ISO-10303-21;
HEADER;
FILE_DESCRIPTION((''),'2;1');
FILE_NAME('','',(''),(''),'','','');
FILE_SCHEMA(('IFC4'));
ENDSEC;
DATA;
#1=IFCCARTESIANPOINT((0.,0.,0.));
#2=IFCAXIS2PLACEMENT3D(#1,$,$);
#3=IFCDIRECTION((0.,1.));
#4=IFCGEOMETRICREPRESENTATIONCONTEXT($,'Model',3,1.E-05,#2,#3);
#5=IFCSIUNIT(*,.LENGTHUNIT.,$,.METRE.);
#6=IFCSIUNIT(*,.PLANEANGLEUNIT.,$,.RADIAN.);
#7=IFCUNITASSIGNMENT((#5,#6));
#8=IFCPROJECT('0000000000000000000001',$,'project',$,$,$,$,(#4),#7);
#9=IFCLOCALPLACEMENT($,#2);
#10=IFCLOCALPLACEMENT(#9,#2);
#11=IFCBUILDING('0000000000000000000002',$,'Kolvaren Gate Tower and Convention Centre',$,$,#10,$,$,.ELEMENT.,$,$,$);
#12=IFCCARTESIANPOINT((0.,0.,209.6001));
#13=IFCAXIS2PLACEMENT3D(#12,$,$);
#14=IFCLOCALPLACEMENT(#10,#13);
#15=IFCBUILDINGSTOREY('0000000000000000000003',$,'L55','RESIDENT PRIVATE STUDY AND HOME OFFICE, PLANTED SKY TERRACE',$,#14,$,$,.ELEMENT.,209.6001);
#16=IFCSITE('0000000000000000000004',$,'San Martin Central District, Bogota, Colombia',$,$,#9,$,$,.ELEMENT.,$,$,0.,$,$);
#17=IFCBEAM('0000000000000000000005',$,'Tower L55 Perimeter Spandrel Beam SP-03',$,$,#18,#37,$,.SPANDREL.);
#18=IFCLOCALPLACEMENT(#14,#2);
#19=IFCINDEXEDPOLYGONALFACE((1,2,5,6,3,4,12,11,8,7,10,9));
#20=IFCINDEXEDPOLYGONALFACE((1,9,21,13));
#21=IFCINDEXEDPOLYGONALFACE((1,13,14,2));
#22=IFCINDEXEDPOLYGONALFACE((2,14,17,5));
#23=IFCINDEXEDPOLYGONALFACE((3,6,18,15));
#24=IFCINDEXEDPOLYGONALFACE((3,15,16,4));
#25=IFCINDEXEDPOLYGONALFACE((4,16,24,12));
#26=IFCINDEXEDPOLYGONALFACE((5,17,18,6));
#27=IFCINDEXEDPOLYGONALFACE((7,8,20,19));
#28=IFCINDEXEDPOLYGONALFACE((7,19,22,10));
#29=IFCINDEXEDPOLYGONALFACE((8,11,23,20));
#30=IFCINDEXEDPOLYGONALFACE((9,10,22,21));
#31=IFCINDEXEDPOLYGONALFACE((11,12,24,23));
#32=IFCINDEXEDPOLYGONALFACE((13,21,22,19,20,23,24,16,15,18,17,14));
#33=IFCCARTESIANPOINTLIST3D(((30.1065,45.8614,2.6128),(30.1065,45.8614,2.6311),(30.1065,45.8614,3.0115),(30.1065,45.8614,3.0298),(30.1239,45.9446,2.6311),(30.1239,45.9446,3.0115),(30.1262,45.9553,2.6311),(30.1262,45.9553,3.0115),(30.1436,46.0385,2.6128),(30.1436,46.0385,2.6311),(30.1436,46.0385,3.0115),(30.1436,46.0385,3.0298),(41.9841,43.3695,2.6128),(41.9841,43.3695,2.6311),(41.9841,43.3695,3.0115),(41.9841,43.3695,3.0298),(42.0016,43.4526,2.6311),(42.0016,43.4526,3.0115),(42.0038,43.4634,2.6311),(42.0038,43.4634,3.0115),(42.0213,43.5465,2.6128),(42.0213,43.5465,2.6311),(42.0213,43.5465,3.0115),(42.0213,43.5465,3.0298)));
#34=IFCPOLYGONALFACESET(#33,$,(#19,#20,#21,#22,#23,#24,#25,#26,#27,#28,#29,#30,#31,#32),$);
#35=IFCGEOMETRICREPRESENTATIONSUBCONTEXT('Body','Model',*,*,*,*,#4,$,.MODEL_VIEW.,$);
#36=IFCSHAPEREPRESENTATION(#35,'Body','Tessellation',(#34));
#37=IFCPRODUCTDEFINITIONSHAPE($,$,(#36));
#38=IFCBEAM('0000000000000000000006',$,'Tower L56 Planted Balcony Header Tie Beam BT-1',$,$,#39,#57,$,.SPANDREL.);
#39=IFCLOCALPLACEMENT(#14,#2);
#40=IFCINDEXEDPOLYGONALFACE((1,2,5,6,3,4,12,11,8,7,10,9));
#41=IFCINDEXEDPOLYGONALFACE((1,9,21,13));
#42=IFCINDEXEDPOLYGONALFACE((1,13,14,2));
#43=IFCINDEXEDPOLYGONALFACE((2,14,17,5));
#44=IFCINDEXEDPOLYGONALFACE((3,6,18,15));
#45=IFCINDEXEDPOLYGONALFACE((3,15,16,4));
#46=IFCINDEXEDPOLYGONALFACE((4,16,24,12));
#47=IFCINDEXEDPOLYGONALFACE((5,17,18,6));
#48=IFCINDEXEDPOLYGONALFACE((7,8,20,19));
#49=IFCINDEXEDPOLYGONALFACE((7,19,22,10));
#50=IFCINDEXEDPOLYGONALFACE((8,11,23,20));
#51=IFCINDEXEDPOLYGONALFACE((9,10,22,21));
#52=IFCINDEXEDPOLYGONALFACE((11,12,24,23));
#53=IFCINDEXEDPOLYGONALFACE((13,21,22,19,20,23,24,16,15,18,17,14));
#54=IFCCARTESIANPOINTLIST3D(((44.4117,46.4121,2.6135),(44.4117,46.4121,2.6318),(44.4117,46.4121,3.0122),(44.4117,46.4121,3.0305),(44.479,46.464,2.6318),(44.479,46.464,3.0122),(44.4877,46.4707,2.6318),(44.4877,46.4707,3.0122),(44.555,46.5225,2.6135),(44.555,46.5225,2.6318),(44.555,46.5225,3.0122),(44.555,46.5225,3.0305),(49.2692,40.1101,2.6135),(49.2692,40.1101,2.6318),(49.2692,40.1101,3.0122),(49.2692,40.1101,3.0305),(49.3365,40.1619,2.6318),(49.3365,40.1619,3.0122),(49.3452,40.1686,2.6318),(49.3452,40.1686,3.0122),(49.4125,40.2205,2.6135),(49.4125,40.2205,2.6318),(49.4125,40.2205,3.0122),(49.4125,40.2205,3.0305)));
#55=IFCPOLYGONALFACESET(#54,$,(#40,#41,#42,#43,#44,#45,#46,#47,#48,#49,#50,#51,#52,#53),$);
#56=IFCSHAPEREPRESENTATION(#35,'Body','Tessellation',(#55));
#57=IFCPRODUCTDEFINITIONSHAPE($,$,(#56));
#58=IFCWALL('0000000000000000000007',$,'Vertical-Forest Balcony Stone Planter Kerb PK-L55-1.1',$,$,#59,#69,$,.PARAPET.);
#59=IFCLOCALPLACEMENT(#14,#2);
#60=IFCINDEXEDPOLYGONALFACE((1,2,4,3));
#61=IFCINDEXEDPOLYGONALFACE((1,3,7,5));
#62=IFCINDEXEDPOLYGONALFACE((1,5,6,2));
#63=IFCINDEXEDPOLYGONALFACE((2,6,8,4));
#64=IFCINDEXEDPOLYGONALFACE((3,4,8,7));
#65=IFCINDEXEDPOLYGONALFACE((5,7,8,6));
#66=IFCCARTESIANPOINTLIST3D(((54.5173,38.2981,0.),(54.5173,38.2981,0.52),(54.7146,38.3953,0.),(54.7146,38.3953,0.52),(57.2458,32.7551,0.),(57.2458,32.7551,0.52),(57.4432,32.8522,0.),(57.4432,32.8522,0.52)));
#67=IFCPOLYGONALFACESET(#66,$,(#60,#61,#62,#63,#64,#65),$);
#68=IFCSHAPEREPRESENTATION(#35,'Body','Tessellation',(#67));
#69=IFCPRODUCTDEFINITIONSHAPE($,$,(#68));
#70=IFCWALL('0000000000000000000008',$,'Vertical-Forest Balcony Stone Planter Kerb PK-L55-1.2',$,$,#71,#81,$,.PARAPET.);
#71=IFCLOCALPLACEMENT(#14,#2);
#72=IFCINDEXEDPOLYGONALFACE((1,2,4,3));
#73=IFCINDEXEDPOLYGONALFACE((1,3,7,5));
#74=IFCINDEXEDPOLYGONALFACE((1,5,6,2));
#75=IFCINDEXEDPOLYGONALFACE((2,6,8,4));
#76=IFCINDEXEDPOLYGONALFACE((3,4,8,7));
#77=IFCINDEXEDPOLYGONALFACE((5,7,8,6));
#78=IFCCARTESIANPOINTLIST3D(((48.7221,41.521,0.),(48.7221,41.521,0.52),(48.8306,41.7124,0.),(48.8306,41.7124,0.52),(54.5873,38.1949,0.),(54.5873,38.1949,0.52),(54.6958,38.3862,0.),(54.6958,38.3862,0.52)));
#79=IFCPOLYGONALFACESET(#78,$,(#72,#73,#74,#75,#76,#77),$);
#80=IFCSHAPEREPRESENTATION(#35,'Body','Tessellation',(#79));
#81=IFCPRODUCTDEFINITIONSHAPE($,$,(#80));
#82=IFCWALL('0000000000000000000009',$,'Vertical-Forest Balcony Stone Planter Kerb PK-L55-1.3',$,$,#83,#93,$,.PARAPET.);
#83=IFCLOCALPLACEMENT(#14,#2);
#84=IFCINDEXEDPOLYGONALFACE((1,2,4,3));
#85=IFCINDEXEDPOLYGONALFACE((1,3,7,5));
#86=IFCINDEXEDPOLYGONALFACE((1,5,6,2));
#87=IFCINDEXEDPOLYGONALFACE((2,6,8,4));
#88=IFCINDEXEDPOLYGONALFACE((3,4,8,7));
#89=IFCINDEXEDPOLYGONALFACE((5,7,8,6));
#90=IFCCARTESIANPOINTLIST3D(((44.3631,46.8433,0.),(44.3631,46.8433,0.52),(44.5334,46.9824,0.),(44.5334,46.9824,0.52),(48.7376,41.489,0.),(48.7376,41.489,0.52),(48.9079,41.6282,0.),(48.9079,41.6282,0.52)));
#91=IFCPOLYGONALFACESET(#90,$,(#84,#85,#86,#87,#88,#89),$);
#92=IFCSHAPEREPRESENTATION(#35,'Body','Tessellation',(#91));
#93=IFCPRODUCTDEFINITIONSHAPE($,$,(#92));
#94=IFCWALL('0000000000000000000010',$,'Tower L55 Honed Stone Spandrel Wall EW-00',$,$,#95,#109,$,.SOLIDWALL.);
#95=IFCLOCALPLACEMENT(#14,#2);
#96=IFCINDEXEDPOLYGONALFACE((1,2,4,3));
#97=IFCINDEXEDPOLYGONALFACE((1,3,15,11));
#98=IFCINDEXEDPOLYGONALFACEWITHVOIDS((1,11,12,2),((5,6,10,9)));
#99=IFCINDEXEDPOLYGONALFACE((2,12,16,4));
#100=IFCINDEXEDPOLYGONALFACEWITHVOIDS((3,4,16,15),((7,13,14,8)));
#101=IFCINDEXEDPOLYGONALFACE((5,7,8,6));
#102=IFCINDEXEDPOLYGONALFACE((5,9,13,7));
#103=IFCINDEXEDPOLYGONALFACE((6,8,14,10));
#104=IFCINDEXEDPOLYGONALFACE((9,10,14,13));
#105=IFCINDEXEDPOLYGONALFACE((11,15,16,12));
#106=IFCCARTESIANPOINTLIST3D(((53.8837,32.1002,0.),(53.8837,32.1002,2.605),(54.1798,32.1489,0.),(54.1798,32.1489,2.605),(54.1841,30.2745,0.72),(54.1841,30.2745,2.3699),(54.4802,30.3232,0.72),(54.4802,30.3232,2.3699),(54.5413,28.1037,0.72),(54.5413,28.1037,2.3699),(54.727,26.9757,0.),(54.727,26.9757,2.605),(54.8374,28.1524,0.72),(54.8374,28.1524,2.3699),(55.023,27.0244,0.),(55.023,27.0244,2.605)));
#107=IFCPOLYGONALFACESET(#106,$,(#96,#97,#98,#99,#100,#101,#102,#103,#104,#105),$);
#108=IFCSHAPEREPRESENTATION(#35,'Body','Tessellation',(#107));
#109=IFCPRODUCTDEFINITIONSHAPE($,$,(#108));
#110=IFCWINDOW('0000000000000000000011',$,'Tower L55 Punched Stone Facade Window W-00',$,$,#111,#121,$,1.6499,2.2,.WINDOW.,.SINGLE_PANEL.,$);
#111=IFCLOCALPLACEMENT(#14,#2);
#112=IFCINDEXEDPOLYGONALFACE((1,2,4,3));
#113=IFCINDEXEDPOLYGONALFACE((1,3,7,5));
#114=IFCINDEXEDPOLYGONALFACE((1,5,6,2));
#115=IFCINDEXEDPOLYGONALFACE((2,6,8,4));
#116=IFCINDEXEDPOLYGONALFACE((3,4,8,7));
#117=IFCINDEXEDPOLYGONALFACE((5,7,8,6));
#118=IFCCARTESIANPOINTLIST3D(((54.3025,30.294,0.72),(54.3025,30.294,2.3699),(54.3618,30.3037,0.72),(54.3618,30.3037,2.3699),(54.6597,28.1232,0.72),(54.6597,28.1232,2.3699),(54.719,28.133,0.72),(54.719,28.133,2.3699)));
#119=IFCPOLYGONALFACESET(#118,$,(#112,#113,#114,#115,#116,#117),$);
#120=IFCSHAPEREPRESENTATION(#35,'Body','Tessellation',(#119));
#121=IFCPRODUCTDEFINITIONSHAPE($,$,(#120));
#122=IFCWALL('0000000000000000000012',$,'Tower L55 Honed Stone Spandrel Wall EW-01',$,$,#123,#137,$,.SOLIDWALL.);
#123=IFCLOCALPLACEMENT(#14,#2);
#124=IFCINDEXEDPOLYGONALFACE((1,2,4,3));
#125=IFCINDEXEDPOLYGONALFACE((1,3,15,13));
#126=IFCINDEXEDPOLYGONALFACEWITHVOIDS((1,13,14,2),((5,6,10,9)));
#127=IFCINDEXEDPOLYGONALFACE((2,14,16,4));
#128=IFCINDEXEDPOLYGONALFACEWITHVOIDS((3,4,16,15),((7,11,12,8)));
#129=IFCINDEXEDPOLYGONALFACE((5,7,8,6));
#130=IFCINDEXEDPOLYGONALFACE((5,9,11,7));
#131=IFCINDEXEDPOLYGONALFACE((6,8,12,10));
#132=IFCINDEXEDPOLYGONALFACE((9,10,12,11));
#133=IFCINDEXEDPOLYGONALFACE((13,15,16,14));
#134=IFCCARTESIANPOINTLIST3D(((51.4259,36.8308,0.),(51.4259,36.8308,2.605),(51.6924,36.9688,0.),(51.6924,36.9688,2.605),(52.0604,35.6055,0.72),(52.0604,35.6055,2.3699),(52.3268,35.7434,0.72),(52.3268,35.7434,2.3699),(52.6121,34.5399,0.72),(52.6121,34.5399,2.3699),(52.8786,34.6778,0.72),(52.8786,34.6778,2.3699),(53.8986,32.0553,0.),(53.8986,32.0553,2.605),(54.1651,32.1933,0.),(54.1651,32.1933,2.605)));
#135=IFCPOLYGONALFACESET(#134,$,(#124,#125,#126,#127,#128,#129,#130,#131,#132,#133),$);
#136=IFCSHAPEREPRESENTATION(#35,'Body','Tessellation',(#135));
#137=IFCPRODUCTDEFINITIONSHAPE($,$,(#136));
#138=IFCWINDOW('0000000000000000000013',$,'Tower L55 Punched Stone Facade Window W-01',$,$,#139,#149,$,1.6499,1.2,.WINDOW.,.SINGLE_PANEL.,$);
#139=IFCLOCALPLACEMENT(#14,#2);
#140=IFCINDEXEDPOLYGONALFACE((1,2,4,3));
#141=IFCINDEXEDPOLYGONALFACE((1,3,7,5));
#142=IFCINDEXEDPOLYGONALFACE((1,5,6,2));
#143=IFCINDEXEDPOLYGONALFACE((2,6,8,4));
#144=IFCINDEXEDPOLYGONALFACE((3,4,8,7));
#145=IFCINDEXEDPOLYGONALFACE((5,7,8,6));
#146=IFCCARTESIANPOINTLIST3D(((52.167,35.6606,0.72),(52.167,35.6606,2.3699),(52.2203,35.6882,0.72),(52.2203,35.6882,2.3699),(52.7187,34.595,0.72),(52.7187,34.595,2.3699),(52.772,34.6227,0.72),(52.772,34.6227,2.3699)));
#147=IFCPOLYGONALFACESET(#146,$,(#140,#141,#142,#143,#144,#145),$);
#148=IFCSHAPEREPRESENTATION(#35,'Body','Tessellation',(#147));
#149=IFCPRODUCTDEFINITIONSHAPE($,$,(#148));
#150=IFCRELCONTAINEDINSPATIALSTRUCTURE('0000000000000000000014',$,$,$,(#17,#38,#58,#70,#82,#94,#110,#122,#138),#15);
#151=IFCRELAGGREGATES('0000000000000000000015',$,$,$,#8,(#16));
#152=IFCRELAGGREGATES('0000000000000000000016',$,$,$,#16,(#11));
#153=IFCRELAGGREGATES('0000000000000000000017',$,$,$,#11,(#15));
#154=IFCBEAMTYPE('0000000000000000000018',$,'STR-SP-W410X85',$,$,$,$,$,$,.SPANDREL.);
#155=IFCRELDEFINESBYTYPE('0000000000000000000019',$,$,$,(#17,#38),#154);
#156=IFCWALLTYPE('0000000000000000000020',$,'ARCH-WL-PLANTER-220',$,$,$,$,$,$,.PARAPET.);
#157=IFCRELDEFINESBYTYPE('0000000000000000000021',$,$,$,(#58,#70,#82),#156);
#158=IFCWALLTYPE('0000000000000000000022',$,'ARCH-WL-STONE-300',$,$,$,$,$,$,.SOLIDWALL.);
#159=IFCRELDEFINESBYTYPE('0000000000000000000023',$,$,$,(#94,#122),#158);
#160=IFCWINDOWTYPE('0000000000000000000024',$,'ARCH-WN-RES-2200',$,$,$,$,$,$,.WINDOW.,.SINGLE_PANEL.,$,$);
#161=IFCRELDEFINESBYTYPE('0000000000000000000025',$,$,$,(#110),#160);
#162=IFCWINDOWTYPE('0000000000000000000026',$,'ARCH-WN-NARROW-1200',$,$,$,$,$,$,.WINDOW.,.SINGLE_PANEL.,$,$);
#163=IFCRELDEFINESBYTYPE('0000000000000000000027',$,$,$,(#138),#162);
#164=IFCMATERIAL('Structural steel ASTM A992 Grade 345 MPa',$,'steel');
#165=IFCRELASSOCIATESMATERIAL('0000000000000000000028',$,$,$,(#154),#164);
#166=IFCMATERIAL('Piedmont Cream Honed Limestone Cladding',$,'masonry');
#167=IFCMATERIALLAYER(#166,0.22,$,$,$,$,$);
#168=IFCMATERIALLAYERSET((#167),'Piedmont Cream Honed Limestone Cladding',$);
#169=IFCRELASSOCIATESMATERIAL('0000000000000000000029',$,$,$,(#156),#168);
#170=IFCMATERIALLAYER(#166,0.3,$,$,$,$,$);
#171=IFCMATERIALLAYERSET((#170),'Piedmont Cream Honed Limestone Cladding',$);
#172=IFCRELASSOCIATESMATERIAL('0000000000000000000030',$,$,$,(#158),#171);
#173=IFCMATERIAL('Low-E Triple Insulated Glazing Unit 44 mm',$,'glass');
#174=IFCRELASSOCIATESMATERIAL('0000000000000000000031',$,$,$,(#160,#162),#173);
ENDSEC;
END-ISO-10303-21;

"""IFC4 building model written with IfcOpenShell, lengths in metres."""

from ifc_helpers import new_model, si_unit, direction, frame, frame_2d, origin, origin_2d, place, context, subcontext, project, spatial, rectangle, i_section, extrude, material, layer, layer_set, material_profile, profile_set, type_object, element, fill, save


model = new_model("IFC4")

# Units and contexts
model_context = context("Model", 3, precision=1e-05, world=origin(), true_north=direction((0.0, 1.0)))
body_context = subcontext(model_context, "Body", "Model", "MODEL_VIEW")
ifc_project = project(units=[si_unit("LENGTHUNIT", "METRE"), si_unit("PLANEANGLEUNIT", "RADIAN")], contexts=[model_context])

# Site, building, storey
site_placement = place(None, origin())
site = spatial("IfcSite", under=ifc_project, at=site_placement, Name="San Martin Central District, Bogota, Colombia", CompositionType="ELEMENT", RefElevation=0.0)
building_placement = place(site_placement, origin())
building = spatial("IfcBuilding", under=site, at=building_placement, Name="Kolvaren Gate Tower and Convention Centre", CompositionType="ELEMENT")
storey_placement = place(building_placement, frame((0.0, 0.0, 209.6001)))
storey = spatial("IfcBuildingStorey", under=building, at=storey_placement, Name="L55", Description="RESIDENT PRIVATE STUDY AND HOME OFFICE, PLANTED SKY TERRACE", CompositionType="ELEMENT", Elevation=209.6001)

# Beams
ifc_material_1 = material(Name="Structural steel ASTM A992 Grade 345 MPa", Category="steel")
ifc_material_profile_1 = material_profile(ifc_material_1, i_section(OverallWidth=0.1809, OverallDepth=0.417, WebThickness=0.011, FlangeThickness=0.0183, at=origin_2d()), Name="W410X85")
ifc_profile_set_1 = profile_set([ifc_material_profile_1], Name="Structural steel ASTM A992 Grade 345 MPa")
beam_type_1 = type_object("IfcBeamType", Name="STR-SP-W410X85", PredefinedType="SPANDREL", material=ifc_profile_set_1)
beam_1_placement = place(storey_placement, frame((42.0027, 43.458, 2.8213), z_axis=(-0.978693, 0.20533, 0.0), x_axis=(-0.20533, -0.978693, 0.0)))
element("IfcBeam", 1, at=beam_1_placement, inside=storey, type_object=beam_type_1, Name="Tower L55 Perimeter Spandrel Beam SP-03", PredefinedType="SPANDREL", context=body_context, shape_type="SweptSolid", body=[
    extrude(i_section(OverallWidth=0.1809, OverallDepth=0.417, WebThickness=0.011, FlangeThickness=0.0183, at=origin_2d()), origin(), (0.0, 0.0, 1.0), 12.1362),
])
beam_2_placement = place(storey_placement, frame((49.3408, 40.1653, 2.822), z_axis=(-0.610479, 0.792033, 0.0), x_axis=(-0.792033, -0.610479, 0.0)))
element("IfcBeam", 2, at=beam_2_placement, inside=storey, type_object=beam_type_1, Name="Tower L56 Planted Balcony Header Tie Beam BT-1", PredefinedType="SPANDREL", context=body_context, shape_type="SweptSolid", body=[
    extrude(i_section(OverallWidth=0.1809, OverallDepth=0.417, WebThickness=0.011, FlangeThickness=0.0183, at=origin_2d()), origin(), (0.0, 0.0, 1.0), 7.9568),
])

# Walls
ifc_material_2 = material(Name="Piedmont Cream Honed Limestone Cladding", Category="masonry")
ifc_layer_1 = layer(ifc_material_2, 0.22)
ifc_layer_set_1 = layer_set([ifc_layer_1], Name="Piedmont Cream Honed Limestone Cladding")
wall_type_1 = type_object("IfcWallType", Name="ARCH-WL-PLANTER-220", PredefinedType="PARAPET", material=ifc_layer_set_1)
wall_1_placement = place(storey_placement, frame((54.616, 38.3467, 0.0), z_axis=(0.0, 0.0, 1.0), x_axis=(0.441641, -0.897192, 0.0)))
element("IfcWall", 3, at=wall_1_placement, inside=storey, type_object=wall_type_1, Name="Vertical-Forest Balcony Stone Planter Kerb PK-L55-1.1", PredefinedType="PARAPET", context=body_context, shape_type="SweptSolid", body=[
    extrude(rectangle(XDim=6.1782, YDim=0.22, at=frame_2d((3.0891, 0.0))), origin(), (0.0, 0.0, 1.0), 0.52),
])
wall_2_placement = place(storey_placement, frame((48.7764, 41.6167, 0.0), z_axis=(0.0, 0.0, 1.0), x_axis=(0.869861, -0.493298, 0.0)))
element("IfcWall", 4, at=wall_2_placement, inside=storey, type_object=wall_type_1, Name="Vertical-Forest Balcony Stone Planter Kerb PK-L55-1.2", PredefinedType="PARAPET", context=body_context, shape_type="SweptSolid", body=[
    extrude(rectangle(XDim=6.7427, YDim=0.22, at=frame_2d((3.3713, 0.0))), origin(), (0.0, 0.0, 1.0), 0.52),
])
wall_3_placement = place(storey_placement, frame((44.4482, 46.9128, 0.0), z_axis=(0.0, 0.0, 1.0), x_axis=(0.632697, -0.774399, 0.0)))
element("IfcWall", 5, at=wall_3_placement, inside=storey, type_object=wall_type_1, Name="Vertical-Forest Balcony Stone Planter Kerb PK-L55-1.3", PredefinedType="PARAPET", context=body_context, shape_type="SweptSolid", body=[
    extrude(rectangle(XDim=6.9141, YDim=0.22, at=frame_2d((3.457, 0.0))), origin(), (0.0, 0.0, 1.0), 0.52),
])

# Walls, openings, windows
ifc_layer_2 = layer(ifc_material_2, 0.3)
ifc_layer_set_2 = layer_set([ifc_layer_2], Name="Piedmont Cream Honed Limestone Cladding")
wall_type_2 = type_object("IfcWallType", Name="ARCH-WL-STONE-300", PredefinedType="SOLIDWALL", material=ifc_layer_set_2)
wall_4_placement = place(storey_placement, frame((54.0317, 32.1245, 0.0), z_axis=(0.0, 0.0, 1.0), x_axis=(0.162371, -0.98673, 0.0)))
wall_4 = element("IfcWall", 6, at=wall_4_placement, inside=storey, type_object=wall_type_2, Name="Tower L55 Honed Stone Spandrel Wall EW-00", PredefinedType="SOLIDWALL", context=body_context, shape_type="SweptSolid", body=[
    extrude(rectangle(XDim=5.1934, YDim=0.3, at=frame_2d((2.5967, 0.0))), origin(), (0.0, 0.0, 1.0), 2.605),
])
opening_1_placement = place(wall_4_placement, frame((1.8501, 0.0, 0.72)))
opening_1 = element("IfcOpeningElement", 7, at=opening_1_placement, cuts=wall_4, PredefinedType="OPENING", context=body_context, shape_type="SweptSolid", body=[
    extrude(rectangle(XDim=2.2, YDim=1.6499, at=frame_2d((1.1001, 0.825))), frame((0.0, 0.1599, 0.0), z_axis=(0.0, -1.0, 0.0), x_axis=(1.0, 0.0, 0.0)), (0.0, 0.0, 1.0), 0.3201),
])
ifc_material_3 = material(Name="Low-E Triple Insulated Glazing Unit 44 mm", Category="glass")
window_type_1 = type_object("IfcWindowType", Name="ARCH-WN-RES-2200", PartitioningType="SINGLE_PANEL", PredefinedType="WINDOW", material=ifc_material_3)
window_1_placement = place(opening_1_placement, origin())
window_1 = element("IfcWindow", 8, at=window_1_placement, inside=storey, type_object=window_type_1, Name="Tower L55 Punched Stone Facade Window W-00", OverallHeight=1.6499, OverallWidth=2.2, PartitioningType="SINGLE_PANEL", PredefinedType="WINDOW", context=body_context, shape_type="SweptSolid", body=[
    extrude(rectangle(XDim=2.2, YDim=1.6499, at=frame_2d((1.1001, 0.825))), frame((0.0, 0.03, 0.0), z_axis=(0.0, -1.0, 0.0), x_axis=(1.0, 0.0, 0.0)), (0.0, 0.0, 1.0), 0.0601),
])
fill(opening_1, window_1)
wall_5_placement = place(storey_placement, frame((51.5591, 36.8999, 0.0), z_axis=(0.0, 0.0, 1.0), x_axis=(0.459808, -0.888018, 0.0)))
wall_5 = element("IfcWall", 9, at=wall_5_placement, inside=storey, type_object=wall_type_2, Name="Tower L55 Honed Stone Spandrel Wall EW-01", PredefinedType="SOLIDWALL", context=body_context, shape_type="SweptSolid", body=[
    extrude(rectangle(XDim=5.3777, YDim=0.3, at=frame_2d((2.689, 0.0))), origin(), (0.0, 0.0, 1.0), 2.605),
])
opening_2_placement = place(wall_5_placement, frame((1.3799, 0.0, 0.72)))
opening_2 = element("IfcOpeningElement", 10, at=opening_2_placement, cuts=wall_5, PredefinedType="OPENING", context=body_context, shape_type="SweptSolid", body=[
    extrude(rectangle(XDim=1.2, YDim=1.6499, at=frame_2d((0.6001, 0.825))), frame((0.0, 0.1599, 0.0), z_axis=(0.0, -1.0, 0.0), x_axis=(1.0, 0.0, 0.0)), (0.0, 0.0, 1.0), 0.3201),
])
window_type_2 = type_object("IfcWindowType", Name="ARCH-WN-NARROW-1200", PartitioningType="SINGLE_PANEL", PredefinedType="WINDOW", material=ifc_material_3)
window_2_placement = place(opening_2_placement, origin())
window_2 = element("IfcWindow", 11, at=window_2_placement, inside=storey, type_object=window_type_2, Name="Tower L55 Punched Stone Facade Window W-01", OverallHeight=1.6499, OverallWidth=1.2, PartitioningType="SINGLE_PANEL", PredefinedType="WINDOW", context=body_context, shape_type="SweptSolid", body=[
    extrude(rectangle(XDim=1.2, YDim=1.6499, at=frame_2d((0.6001, 0.825))), frame((0.0, 0.03, 0.0), z_axis=(0.0, -1.0, 0.0), x_axis=(1.0, 0.0, 0.0)), (0.0, 0.0, 1.0), 0.0601),
])
fill(opening_2, window_2)

save(model, "model.ifc")
